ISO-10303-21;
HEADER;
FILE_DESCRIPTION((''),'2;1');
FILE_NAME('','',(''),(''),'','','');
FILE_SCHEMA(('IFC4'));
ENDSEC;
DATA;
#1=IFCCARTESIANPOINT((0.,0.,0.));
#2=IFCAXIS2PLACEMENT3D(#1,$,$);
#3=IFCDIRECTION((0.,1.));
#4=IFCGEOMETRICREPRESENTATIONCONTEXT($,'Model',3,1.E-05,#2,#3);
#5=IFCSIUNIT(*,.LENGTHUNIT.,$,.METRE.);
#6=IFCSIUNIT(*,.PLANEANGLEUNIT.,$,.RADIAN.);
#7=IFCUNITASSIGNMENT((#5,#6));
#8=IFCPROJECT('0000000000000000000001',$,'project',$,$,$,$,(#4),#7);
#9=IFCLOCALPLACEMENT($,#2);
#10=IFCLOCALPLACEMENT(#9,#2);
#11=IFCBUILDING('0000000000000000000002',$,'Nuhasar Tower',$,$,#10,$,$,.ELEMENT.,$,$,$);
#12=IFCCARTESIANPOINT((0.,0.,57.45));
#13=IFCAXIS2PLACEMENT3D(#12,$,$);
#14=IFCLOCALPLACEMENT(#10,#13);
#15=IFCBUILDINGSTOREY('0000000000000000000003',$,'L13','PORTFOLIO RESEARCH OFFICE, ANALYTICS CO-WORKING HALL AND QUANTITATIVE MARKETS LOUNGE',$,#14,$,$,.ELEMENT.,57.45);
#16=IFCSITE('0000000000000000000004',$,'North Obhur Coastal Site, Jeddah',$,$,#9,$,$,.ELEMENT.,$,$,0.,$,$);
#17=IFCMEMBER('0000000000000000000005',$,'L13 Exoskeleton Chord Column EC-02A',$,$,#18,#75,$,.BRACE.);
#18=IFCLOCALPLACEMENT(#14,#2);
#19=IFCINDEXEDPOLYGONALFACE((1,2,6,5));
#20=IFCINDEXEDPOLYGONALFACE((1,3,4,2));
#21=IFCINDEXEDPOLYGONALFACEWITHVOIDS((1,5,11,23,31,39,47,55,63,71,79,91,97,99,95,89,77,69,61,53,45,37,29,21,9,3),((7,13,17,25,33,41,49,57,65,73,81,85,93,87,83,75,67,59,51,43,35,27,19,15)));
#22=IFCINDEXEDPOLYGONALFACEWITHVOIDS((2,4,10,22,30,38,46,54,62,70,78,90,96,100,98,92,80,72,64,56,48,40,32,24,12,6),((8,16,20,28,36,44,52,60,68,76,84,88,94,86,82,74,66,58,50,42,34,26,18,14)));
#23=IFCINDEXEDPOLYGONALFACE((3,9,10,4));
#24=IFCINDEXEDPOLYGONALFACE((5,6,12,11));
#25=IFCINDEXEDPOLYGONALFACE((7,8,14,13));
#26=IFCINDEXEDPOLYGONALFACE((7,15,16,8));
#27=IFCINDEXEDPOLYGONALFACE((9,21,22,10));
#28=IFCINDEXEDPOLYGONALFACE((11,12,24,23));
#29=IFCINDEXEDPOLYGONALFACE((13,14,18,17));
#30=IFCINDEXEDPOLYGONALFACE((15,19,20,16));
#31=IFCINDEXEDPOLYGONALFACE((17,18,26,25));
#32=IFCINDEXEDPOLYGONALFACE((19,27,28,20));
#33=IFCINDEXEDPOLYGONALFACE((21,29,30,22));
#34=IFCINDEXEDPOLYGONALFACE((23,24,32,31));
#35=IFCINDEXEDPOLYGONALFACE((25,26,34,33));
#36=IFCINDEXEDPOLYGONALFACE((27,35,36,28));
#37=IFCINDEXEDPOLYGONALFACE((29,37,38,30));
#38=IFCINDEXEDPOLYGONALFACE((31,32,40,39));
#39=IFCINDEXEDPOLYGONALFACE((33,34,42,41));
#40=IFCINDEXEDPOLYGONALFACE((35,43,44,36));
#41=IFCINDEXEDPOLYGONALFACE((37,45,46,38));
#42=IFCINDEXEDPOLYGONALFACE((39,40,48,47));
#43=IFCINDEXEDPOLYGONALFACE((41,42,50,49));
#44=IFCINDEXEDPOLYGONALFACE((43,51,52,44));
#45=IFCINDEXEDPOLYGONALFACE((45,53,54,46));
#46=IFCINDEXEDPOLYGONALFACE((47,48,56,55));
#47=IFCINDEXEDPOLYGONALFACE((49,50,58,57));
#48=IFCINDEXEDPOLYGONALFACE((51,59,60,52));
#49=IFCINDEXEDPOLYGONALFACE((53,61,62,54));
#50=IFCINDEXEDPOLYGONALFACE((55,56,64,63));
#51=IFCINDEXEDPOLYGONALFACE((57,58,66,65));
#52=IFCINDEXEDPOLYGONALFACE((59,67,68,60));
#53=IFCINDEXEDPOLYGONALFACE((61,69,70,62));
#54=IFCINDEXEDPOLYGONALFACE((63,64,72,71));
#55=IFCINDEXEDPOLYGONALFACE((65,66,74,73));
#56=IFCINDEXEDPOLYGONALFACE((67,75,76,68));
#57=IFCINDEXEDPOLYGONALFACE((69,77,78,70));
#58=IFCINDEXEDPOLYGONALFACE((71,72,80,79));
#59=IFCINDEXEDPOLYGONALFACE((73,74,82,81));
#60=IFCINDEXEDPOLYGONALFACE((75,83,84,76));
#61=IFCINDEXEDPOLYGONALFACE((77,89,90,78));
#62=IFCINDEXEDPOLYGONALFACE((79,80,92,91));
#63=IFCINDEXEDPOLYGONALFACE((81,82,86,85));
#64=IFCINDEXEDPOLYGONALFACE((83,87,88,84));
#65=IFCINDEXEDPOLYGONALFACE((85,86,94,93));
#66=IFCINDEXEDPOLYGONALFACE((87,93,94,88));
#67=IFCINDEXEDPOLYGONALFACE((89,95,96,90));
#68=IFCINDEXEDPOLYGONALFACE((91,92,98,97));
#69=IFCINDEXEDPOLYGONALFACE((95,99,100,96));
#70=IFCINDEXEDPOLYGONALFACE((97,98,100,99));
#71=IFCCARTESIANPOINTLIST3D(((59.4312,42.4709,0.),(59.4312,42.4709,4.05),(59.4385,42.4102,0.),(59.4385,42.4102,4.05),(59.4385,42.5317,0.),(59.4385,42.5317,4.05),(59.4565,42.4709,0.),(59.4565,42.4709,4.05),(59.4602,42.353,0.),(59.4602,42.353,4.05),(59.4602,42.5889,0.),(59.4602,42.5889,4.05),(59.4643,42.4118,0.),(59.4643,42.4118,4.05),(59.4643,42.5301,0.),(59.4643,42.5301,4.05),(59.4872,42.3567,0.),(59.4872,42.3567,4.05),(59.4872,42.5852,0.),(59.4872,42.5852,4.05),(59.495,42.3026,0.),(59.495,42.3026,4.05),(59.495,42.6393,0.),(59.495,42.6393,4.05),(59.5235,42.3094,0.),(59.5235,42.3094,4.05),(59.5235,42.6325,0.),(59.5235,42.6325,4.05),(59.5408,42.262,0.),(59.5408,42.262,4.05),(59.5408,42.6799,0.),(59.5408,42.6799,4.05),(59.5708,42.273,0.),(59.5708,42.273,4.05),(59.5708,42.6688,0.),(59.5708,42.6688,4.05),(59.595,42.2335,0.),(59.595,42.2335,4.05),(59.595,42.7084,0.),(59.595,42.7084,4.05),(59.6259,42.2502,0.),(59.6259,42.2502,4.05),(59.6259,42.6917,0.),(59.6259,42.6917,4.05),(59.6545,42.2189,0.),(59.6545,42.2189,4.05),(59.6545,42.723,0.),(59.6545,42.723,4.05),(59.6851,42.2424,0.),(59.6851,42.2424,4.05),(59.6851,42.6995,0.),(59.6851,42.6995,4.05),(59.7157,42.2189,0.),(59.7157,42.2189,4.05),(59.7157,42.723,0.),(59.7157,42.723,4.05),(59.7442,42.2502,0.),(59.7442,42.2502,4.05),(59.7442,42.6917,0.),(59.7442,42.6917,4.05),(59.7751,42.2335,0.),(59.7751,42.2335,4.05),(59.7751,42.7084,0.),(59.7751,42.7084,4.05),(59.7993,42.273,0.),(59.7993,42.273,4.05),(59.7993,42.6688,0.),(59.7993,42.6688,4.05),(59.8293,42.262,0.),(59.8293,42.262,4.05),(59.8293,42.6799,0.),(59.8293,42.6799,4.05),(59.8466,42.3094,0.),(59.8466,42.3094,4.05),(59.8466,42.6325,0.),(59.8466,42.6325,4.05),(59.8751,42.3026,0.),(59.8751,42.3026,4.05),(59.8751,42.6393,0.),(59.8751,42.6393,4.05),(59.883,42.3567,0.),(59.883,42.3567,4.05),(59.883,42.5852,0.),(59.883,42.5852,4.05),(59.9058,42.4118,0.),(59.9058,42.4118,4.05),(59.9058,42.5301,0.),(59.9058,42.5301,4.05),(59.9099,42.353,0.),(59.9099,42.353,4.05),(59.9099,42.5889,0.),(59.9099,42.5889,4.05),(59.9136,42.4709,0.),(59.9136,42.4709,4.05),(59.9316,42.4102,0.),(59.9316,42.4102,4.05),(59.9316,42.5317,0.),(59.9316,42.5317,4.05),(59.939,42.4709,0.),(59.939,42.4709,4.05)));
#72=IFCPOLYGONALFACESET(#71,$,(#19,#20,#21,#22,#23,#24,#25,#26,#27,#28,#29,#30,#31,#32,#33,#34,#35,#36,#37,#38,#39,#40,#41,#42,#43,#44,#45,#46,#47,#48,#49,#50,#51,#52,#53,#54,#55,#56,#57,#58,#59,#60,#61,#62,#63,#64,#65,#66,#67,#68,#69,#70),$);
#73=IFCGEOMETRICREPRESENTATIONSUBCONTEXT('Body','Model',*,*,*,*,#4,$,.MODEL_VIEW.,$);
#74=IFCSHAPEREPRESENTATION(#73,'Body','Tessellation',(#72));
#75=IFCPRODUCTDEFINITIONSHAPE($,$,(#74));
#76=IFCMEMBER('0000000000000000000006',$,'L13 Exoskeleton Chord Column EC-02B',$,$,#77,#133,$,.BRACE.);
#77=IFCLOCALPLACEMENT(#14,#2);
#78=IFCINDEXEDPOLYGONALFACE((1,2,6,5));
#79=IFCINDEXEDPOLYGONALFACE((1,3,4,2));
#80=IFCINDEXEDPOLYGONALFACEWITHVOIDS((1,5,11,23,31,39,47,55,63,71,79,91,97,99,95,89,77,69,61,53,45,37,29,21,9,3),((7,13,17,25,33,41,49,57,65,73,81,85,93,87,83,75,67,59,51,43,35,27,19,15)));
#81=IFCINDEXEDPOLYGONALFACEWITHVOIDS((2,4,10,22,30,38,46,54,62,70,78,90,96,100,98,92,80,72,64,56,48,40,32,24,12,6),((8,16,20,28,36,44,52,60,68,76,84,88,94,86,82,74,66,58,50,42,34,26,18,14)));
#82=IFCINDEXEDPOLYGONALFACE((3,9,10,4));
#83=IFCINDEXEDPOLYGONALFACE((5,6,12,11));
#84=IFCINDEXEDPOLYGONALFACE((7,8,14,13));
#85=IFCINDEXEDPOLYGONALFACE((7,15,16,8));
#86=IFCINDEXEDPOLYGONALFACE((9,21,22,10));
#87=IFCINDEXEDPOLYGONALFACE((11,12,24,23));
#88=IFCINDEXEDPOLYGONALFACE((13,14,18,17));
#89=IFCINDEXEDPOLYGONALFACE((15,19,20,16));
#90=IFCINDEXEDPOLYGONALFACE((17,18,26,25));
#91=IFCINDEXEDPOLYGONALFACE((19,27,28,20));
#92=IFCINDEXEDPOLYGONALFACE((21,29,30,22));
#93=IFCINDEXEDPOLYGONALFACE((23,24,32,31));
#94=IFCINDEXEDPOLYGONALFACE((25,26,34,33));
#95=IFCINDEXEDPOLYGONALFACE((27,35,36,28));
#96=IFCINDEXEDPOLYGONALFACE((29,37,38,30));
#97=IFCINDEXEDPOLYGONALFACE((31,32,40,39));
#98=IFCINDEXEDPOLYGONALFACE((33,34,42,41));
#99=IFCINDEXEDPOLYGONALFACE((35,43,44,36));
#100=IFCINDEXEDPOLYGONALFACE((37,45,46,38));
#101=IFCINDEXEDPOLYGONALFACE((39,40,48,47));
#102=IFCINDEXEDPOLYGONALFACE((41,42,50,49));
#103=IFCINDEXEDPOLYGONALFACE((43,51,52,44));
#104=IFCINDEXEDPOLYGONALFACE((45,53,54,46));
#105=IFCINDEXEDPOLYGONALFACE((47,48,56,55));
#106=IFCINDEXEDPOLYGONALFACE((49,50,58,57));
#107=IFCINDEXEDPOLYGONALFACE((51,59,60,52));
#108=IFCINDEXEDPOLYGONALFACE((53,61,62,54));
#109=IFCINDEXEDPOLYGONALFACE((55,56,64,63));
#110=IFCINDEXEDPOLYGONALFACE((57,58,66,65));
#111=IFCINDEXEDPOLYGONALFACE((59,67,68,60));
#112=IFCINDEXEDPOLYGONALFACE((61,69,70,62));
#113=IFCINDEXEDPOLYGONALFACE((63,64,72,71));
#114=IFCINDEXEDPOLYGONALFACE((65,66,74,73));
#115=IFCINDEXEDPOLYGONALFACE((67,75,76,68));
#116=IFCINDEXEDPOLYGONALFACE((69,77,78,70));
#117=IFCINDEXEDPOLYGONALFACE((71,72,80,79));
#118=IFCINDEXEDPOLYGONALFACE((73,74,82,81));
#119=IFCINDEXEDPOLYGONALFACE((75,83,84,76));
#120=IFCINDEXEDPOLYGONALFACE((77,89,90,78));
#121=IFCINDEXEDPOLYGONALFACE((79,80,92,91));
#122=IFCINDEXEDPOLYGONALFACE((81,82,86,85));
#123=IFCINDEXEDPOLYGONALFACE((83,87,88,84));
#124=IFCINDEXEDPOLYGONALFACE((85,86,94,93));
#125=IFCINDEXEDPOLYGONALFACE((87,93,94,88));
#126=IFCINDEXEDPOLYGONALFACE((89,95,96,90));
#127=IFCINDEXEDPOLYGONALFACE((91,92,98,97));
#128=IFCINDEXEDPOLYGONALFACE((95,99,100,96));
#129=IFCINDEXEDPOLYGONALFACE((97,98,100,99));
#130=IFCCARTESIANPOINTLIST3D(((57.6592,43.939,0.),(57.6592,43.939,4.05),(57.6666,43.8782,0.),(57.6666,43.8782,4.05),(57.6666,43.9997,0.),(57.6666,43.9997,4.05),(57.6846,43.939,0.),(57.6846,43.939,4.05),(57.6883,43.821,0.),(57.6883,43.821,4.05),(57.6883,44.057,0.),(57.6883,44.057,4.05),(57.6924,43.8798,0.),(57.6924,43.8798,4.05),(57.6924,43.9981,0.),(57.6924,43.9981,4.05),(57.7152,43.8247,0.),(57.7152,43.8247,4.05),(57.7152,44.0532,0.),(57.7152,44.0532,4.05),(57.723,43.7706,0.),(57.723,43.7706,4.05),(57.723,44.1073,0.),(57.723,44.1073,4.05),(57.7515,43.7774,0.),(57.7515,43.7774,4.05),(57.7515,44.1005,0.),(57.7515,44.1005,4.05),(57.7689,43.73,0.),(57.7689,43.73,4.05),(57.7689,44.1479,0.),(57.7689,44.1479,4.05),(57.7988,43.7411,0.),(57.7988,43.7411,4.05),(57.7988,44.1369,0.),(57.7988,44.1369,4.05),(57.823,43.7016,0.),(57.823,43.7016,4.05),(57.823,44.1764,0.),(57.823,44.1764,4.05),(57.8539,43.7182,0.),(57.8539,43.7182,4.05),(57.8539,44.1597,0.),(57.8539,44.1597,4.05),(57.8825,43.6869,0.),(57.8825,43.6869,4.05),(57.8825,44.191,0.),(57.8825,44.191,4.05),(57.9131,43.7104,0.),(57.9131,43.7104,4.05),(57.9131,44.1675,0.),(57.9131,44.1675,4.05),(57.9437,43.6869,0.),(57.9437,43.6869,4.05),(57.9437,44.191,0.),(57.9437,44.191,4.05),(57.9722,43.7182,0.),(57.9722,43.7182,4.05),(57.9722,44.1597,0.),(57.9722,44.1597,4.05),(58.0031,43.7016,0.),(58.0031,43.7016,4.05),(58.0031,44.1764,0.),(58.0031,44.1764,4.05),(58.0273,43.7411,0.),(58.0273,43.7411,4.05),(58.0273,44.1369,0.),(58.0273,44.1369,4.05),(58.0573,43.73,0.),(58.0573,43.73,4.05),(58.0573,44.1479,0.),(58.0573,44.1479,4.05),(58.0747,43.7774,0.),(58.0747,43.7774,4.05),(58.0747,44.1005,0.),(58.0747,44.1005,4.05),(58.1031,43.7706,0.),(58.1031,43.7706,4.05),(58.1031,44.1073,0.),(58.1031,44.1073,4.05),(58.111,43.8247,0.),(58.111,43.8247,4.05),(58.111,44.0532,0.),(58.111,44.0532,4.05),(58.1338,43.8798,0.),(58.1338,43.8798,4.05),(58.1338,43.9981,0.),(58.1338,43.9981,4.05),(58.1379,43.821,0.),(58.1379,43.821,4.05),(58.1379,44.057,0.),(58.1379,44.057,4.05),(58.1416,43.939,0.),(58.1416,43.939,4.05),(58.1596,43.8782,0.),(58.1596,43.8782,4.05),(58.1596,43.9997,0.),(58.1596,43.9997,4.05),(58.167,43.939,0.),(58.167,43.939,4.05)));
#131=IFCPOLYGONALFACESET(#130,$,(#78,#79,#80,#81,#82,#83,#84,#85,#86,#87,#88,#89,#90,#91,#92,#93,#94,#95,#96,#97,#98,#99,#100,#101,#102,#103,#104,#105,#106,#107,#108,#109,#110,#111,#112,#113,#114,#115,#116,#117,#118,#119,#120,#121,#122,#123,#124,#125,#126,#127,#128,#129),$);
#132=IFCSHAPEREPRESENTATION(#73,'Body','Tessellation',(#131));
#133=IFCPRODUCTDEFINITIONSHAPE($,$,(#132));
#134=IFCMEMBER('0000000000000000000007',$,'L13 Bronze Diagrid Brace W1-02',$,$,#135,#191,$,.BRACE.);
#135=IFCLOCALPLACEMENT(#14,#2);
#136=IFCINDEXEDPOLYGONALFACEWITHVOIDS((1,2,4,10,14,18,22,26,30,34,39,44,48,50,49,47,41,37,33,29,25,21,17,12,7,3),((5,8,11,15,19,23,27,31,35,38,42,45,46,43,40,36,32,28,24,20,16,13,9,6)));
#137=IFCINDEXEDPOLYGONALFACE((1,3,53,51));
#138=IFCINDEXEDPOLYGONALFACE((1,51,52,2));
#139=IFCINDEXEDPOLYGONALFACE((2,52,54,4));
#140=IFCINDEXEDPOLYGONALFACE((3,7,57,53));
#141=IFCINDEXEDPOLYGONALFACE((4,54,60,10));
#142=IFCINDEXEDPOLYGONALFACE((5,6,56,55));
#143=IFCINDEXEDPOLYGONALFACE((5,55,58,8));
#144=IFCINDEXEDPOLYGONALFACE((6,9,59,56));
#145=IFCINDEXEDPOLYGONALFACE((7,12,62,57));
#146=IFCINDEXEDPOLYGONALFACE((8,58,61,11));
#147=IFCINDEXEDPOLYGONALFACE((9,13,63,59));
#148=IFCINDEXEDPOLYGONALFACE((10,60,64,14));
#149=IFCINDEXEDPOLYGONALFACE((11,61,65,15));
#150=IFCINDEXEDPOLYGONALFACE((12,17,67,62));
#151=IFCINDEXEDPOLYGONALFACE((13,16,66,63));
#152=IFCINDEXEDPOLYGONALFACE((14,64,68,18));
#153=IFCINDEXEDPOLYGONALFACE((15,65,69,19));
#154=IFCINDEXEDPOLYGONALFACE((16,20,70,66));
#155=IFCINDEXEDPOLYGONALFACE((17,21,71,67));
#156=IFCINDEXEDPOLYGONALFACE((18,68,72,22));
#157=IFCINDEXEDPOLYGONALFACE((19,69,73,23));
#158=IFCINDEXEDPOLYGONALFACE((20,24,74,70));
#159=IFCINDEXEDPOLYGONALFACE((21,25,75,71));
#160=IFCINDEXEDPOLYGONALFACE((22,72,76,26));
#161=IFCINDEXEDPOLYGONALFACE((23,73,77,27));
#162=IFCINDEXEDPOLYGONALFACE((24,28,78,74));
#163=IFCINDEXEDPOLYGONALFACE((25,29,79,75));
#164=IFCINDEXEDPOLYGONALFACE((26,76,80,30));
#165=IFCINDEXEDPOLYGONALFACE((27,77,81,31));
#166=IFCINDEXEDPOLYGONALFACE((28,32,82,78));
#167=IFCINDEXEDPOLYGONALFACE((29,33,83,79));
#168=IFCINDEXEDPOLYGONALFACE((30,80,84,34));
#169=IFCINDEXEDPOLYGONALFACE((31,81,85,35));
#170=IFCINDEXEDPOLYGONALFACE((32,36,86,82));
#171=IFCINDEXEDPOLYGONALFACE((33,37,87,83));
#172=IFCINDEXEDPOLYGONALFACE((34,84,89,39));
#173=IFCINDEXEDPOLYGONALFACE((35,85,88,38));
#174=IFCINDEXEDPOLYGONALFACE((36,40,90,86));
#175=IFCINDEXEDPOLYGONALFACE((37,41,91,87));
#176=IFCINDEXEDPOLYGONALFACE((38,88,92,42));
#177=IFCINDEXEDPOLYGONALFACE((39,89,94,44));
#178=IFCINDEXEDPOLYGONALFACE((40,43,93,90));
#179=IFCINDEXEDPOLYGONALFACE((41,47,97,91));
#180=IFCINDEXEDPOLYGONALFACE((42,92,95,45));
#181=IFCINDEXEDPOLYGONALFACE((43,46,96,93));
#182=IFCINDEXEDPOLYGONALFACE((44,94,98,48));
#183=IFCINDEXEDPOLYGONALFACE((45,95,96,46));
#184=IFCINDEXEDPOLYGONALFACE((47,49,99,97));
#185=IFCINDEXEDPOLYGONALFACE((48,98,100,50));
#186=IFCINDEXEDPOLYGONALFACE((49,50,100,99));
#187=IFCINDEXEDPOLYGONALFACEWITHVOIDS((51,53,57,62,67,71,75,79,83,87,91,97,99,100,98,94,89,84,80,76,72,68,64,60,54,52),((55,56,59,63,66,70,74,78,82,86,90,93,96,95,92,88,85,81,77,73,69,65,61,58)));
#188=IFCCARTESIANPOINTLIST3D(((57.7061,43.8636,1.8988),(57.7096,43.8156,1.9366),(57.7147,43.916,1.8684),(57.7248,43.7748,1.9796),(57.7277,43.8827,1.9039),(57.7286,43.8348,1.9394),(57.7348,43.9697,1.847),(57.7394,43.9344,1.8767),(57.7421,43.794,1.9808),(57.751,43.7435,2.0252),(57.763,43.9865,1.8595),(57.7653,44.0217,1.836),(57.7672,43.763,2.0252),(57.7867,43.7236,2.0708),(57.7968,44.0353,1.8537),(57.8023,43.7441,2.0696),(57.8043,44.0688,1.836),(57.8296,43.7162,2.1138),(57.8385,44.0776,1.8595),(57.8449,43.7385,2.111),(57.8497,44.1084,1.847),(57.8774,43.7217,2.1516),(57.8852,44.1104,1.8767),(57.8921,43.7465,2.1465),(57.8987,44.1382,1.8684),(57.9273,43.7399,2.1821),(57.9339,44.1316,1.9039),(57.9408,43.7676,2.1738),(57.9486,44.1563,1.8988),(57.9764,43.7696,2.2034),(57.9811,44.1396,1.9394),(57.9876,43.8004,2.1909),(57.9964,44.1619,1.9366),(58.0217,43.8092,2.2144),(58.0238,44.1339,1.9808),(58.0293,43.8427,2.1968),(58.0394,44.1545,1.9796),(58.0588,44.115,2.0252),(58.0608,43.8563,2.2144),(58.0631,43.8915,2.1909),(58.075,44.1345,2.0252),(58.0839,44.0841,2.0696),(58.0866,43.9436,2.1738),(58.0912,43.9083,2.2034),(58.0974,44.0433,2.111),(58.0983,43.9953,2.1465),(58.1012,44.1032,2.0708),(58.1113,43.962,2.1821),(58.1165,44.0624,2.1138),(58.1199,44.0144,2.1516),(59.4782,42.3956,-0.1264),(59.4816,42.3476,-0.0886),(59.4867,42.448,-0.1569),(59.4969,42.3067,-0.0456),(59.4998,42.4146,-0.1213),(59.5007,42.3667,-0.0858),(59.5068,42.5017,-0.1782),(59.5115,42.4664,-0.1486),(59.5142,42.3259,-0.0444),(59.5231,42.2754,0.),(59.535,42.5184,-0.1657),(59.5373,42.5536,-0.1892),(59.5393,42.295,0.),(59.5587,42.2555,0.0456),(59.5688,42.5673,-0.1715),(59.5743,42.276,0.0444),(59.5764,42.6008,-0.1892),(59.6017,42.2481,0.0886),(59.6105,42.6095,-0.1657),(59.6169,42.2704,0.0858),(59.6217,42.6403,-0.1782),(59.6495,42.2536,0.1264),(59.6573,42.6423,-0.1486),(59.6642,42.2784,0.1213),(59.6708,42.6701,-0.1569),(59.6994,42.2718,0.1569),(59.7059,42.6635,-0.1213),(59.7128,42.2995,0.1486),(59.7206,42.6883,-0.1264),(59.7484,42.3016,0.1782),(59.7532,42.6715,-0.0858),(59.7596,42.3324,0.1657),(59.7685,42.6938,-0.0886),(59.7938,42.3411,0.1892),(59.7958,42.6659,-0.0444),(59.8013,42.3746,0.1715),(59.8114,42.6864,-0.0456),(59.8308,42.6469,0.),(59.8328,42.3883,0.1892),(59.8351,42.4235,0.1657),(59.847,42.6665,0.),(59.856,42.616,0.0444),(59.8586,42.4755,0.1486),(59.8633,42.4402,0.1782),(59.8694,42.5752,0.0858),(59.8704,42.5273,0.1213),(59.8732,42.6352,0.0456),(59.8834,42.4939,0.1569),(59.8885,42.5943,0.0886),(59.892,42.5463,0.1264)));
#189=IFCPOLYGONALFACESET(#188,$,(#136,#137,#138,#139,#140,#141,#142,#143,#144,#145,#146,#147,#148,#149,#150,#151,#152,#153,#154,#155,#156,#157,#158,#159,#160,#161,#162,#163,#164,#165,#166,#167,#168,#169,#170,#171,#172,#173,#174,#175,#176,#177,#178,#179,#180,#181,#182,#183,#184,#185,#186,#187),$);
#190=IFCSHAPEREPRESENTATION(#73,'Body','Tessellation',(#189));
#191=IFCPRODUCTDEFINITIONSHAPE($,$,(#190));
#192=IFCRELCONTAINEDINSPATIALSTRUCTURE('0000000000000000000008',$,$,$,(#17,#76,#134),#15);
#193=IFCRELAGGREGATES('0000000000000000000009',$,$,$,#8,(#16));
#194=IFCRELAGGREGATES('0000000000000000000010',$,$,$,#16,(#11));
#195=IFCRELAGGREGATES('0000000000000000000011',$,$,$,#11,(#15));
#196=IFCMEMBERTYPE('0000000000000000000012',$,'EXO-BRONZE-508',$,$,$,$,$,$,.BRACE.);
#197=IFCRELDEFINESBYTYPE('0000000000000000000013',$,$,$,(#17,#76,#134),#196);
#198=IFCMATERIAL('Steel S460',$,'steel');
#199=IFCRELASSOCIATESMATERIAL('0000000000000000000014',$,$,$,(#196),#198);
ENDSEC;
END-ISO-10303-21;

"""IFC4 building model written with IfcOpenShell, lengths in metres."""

from ifc_helpers import new_model, si_unit, direction, frame, origin, origin_2d, place, context, subcontext, project, spatial, hollow_circle, extrude, material, material_profile, profile_set, type_object, element, save


model = new_model("IFC4")

# Units and contexts
model_context = context("Model", 3, precision=1e-05, world=origin(), true_north=direction((0.0, 1.0)))
body_context = subcontext(model_context, "Body", "Model", "MODEL_VIEW")
ifc_project = project(units=[si_unit("LENGTHUNIT", "METRE"), si_unit("PLANEANGLEUNIT", "RADIAN")], contexts=[model_context])

# Site, building, storey
site_placement = place(None, origin())
site = spatial("IfcSite", under=ifc_project, at=site_placement, Name="North Obhur Coastal Site, Jeddah", CompositionType="ELEMENT", RefElevation=0.0)
building_placement = place(site_placement, origin())
building = spatial("IfcBuilding", under=site, at=building_placement, Name="Nuhasar Tower", CompositionType="ELEMENT")
storey_placement = place(building_placement, frame((0.0, 0.0, 57.45)))
storey = spatial("IfcBuildingStorey", under=building, at=storey_placement, Name="L13", Description="PORTFOLIO RESEARCH OFFICE, ANALYTICS CO-WORKING HALL AND QUANTITATIVE MARKETS LOUNGE", CompositionType="ELEMENT", Elevation=57.45)

# Members
ifc_material_1 = material(Name="Steel S460", Category="steel")
ifc_material_profile_1 = material_profile(ifc_material_1, hollow_circle(Radius=0.2539, WallThickness=0.0254, at=origin_2d()), Name="HSS508X25.4")
ifc_profile_set_1 = profile_set([ifc_material_profile_1], Name="Steel S460")
member_type_1 = type_object("IfcMemberType", Name="EXO-BRONZE-508", PredefinedType="BRACE", material=ifc_profile_set_1)
for number, where, z_axis, x_axis, name in (
    (1, (59.6851, 42.4709, 0.0), (0.0, 0.0, 1.0), (1.0, 0.0, 0.0), "L13 Exoskeleton Chord Column EC-02A"),
    (2, (57.9131, 43.939, 0.0), (0.0, 0.0, 1.0), (1.0, 0.0, 0.0), "L13 Exoskeleton Chord Column EC-02B"),
):
    element("IfcMember", number, at=place(storey_placement, frame(where, z_axis=z_axis, x_axis=x_axis)), inside=storey, type_object=member_type_1, Name=name, PredefinedType="BRACE", context=body_context, shape_type="SweptSolid", body=[
        extrude(hollow_circle(Radius=0.2539, WallThickness=0.0254, at=origin_2d()), origin(), (0.0, 0.0, 1.0), 4.05),
    ])
member_1_placement = place(storey_placement, frame((59.6851, 42.4709, 0.0), z_axis=(-0.578071, 0.478912, 0.660664), x_axis=(-0.637969, -0.770062, 0.0)))
element("IfcMember", 3, at=member_1_placement, inside=storey, type_object=member_type_1, Name="L13 Bronze Diagrid Brace W1-02", PredefinedType="BRACE", context=body_context, shape_type="SweptSolid", body=[
    extrude(hollow_circle(Radius=0.2539, WallThickness=0.0254, at=origin_2d()), origin(), (0.0, 0.0, 1.0), 3.0654),
])

save(model, "model.ifc")
